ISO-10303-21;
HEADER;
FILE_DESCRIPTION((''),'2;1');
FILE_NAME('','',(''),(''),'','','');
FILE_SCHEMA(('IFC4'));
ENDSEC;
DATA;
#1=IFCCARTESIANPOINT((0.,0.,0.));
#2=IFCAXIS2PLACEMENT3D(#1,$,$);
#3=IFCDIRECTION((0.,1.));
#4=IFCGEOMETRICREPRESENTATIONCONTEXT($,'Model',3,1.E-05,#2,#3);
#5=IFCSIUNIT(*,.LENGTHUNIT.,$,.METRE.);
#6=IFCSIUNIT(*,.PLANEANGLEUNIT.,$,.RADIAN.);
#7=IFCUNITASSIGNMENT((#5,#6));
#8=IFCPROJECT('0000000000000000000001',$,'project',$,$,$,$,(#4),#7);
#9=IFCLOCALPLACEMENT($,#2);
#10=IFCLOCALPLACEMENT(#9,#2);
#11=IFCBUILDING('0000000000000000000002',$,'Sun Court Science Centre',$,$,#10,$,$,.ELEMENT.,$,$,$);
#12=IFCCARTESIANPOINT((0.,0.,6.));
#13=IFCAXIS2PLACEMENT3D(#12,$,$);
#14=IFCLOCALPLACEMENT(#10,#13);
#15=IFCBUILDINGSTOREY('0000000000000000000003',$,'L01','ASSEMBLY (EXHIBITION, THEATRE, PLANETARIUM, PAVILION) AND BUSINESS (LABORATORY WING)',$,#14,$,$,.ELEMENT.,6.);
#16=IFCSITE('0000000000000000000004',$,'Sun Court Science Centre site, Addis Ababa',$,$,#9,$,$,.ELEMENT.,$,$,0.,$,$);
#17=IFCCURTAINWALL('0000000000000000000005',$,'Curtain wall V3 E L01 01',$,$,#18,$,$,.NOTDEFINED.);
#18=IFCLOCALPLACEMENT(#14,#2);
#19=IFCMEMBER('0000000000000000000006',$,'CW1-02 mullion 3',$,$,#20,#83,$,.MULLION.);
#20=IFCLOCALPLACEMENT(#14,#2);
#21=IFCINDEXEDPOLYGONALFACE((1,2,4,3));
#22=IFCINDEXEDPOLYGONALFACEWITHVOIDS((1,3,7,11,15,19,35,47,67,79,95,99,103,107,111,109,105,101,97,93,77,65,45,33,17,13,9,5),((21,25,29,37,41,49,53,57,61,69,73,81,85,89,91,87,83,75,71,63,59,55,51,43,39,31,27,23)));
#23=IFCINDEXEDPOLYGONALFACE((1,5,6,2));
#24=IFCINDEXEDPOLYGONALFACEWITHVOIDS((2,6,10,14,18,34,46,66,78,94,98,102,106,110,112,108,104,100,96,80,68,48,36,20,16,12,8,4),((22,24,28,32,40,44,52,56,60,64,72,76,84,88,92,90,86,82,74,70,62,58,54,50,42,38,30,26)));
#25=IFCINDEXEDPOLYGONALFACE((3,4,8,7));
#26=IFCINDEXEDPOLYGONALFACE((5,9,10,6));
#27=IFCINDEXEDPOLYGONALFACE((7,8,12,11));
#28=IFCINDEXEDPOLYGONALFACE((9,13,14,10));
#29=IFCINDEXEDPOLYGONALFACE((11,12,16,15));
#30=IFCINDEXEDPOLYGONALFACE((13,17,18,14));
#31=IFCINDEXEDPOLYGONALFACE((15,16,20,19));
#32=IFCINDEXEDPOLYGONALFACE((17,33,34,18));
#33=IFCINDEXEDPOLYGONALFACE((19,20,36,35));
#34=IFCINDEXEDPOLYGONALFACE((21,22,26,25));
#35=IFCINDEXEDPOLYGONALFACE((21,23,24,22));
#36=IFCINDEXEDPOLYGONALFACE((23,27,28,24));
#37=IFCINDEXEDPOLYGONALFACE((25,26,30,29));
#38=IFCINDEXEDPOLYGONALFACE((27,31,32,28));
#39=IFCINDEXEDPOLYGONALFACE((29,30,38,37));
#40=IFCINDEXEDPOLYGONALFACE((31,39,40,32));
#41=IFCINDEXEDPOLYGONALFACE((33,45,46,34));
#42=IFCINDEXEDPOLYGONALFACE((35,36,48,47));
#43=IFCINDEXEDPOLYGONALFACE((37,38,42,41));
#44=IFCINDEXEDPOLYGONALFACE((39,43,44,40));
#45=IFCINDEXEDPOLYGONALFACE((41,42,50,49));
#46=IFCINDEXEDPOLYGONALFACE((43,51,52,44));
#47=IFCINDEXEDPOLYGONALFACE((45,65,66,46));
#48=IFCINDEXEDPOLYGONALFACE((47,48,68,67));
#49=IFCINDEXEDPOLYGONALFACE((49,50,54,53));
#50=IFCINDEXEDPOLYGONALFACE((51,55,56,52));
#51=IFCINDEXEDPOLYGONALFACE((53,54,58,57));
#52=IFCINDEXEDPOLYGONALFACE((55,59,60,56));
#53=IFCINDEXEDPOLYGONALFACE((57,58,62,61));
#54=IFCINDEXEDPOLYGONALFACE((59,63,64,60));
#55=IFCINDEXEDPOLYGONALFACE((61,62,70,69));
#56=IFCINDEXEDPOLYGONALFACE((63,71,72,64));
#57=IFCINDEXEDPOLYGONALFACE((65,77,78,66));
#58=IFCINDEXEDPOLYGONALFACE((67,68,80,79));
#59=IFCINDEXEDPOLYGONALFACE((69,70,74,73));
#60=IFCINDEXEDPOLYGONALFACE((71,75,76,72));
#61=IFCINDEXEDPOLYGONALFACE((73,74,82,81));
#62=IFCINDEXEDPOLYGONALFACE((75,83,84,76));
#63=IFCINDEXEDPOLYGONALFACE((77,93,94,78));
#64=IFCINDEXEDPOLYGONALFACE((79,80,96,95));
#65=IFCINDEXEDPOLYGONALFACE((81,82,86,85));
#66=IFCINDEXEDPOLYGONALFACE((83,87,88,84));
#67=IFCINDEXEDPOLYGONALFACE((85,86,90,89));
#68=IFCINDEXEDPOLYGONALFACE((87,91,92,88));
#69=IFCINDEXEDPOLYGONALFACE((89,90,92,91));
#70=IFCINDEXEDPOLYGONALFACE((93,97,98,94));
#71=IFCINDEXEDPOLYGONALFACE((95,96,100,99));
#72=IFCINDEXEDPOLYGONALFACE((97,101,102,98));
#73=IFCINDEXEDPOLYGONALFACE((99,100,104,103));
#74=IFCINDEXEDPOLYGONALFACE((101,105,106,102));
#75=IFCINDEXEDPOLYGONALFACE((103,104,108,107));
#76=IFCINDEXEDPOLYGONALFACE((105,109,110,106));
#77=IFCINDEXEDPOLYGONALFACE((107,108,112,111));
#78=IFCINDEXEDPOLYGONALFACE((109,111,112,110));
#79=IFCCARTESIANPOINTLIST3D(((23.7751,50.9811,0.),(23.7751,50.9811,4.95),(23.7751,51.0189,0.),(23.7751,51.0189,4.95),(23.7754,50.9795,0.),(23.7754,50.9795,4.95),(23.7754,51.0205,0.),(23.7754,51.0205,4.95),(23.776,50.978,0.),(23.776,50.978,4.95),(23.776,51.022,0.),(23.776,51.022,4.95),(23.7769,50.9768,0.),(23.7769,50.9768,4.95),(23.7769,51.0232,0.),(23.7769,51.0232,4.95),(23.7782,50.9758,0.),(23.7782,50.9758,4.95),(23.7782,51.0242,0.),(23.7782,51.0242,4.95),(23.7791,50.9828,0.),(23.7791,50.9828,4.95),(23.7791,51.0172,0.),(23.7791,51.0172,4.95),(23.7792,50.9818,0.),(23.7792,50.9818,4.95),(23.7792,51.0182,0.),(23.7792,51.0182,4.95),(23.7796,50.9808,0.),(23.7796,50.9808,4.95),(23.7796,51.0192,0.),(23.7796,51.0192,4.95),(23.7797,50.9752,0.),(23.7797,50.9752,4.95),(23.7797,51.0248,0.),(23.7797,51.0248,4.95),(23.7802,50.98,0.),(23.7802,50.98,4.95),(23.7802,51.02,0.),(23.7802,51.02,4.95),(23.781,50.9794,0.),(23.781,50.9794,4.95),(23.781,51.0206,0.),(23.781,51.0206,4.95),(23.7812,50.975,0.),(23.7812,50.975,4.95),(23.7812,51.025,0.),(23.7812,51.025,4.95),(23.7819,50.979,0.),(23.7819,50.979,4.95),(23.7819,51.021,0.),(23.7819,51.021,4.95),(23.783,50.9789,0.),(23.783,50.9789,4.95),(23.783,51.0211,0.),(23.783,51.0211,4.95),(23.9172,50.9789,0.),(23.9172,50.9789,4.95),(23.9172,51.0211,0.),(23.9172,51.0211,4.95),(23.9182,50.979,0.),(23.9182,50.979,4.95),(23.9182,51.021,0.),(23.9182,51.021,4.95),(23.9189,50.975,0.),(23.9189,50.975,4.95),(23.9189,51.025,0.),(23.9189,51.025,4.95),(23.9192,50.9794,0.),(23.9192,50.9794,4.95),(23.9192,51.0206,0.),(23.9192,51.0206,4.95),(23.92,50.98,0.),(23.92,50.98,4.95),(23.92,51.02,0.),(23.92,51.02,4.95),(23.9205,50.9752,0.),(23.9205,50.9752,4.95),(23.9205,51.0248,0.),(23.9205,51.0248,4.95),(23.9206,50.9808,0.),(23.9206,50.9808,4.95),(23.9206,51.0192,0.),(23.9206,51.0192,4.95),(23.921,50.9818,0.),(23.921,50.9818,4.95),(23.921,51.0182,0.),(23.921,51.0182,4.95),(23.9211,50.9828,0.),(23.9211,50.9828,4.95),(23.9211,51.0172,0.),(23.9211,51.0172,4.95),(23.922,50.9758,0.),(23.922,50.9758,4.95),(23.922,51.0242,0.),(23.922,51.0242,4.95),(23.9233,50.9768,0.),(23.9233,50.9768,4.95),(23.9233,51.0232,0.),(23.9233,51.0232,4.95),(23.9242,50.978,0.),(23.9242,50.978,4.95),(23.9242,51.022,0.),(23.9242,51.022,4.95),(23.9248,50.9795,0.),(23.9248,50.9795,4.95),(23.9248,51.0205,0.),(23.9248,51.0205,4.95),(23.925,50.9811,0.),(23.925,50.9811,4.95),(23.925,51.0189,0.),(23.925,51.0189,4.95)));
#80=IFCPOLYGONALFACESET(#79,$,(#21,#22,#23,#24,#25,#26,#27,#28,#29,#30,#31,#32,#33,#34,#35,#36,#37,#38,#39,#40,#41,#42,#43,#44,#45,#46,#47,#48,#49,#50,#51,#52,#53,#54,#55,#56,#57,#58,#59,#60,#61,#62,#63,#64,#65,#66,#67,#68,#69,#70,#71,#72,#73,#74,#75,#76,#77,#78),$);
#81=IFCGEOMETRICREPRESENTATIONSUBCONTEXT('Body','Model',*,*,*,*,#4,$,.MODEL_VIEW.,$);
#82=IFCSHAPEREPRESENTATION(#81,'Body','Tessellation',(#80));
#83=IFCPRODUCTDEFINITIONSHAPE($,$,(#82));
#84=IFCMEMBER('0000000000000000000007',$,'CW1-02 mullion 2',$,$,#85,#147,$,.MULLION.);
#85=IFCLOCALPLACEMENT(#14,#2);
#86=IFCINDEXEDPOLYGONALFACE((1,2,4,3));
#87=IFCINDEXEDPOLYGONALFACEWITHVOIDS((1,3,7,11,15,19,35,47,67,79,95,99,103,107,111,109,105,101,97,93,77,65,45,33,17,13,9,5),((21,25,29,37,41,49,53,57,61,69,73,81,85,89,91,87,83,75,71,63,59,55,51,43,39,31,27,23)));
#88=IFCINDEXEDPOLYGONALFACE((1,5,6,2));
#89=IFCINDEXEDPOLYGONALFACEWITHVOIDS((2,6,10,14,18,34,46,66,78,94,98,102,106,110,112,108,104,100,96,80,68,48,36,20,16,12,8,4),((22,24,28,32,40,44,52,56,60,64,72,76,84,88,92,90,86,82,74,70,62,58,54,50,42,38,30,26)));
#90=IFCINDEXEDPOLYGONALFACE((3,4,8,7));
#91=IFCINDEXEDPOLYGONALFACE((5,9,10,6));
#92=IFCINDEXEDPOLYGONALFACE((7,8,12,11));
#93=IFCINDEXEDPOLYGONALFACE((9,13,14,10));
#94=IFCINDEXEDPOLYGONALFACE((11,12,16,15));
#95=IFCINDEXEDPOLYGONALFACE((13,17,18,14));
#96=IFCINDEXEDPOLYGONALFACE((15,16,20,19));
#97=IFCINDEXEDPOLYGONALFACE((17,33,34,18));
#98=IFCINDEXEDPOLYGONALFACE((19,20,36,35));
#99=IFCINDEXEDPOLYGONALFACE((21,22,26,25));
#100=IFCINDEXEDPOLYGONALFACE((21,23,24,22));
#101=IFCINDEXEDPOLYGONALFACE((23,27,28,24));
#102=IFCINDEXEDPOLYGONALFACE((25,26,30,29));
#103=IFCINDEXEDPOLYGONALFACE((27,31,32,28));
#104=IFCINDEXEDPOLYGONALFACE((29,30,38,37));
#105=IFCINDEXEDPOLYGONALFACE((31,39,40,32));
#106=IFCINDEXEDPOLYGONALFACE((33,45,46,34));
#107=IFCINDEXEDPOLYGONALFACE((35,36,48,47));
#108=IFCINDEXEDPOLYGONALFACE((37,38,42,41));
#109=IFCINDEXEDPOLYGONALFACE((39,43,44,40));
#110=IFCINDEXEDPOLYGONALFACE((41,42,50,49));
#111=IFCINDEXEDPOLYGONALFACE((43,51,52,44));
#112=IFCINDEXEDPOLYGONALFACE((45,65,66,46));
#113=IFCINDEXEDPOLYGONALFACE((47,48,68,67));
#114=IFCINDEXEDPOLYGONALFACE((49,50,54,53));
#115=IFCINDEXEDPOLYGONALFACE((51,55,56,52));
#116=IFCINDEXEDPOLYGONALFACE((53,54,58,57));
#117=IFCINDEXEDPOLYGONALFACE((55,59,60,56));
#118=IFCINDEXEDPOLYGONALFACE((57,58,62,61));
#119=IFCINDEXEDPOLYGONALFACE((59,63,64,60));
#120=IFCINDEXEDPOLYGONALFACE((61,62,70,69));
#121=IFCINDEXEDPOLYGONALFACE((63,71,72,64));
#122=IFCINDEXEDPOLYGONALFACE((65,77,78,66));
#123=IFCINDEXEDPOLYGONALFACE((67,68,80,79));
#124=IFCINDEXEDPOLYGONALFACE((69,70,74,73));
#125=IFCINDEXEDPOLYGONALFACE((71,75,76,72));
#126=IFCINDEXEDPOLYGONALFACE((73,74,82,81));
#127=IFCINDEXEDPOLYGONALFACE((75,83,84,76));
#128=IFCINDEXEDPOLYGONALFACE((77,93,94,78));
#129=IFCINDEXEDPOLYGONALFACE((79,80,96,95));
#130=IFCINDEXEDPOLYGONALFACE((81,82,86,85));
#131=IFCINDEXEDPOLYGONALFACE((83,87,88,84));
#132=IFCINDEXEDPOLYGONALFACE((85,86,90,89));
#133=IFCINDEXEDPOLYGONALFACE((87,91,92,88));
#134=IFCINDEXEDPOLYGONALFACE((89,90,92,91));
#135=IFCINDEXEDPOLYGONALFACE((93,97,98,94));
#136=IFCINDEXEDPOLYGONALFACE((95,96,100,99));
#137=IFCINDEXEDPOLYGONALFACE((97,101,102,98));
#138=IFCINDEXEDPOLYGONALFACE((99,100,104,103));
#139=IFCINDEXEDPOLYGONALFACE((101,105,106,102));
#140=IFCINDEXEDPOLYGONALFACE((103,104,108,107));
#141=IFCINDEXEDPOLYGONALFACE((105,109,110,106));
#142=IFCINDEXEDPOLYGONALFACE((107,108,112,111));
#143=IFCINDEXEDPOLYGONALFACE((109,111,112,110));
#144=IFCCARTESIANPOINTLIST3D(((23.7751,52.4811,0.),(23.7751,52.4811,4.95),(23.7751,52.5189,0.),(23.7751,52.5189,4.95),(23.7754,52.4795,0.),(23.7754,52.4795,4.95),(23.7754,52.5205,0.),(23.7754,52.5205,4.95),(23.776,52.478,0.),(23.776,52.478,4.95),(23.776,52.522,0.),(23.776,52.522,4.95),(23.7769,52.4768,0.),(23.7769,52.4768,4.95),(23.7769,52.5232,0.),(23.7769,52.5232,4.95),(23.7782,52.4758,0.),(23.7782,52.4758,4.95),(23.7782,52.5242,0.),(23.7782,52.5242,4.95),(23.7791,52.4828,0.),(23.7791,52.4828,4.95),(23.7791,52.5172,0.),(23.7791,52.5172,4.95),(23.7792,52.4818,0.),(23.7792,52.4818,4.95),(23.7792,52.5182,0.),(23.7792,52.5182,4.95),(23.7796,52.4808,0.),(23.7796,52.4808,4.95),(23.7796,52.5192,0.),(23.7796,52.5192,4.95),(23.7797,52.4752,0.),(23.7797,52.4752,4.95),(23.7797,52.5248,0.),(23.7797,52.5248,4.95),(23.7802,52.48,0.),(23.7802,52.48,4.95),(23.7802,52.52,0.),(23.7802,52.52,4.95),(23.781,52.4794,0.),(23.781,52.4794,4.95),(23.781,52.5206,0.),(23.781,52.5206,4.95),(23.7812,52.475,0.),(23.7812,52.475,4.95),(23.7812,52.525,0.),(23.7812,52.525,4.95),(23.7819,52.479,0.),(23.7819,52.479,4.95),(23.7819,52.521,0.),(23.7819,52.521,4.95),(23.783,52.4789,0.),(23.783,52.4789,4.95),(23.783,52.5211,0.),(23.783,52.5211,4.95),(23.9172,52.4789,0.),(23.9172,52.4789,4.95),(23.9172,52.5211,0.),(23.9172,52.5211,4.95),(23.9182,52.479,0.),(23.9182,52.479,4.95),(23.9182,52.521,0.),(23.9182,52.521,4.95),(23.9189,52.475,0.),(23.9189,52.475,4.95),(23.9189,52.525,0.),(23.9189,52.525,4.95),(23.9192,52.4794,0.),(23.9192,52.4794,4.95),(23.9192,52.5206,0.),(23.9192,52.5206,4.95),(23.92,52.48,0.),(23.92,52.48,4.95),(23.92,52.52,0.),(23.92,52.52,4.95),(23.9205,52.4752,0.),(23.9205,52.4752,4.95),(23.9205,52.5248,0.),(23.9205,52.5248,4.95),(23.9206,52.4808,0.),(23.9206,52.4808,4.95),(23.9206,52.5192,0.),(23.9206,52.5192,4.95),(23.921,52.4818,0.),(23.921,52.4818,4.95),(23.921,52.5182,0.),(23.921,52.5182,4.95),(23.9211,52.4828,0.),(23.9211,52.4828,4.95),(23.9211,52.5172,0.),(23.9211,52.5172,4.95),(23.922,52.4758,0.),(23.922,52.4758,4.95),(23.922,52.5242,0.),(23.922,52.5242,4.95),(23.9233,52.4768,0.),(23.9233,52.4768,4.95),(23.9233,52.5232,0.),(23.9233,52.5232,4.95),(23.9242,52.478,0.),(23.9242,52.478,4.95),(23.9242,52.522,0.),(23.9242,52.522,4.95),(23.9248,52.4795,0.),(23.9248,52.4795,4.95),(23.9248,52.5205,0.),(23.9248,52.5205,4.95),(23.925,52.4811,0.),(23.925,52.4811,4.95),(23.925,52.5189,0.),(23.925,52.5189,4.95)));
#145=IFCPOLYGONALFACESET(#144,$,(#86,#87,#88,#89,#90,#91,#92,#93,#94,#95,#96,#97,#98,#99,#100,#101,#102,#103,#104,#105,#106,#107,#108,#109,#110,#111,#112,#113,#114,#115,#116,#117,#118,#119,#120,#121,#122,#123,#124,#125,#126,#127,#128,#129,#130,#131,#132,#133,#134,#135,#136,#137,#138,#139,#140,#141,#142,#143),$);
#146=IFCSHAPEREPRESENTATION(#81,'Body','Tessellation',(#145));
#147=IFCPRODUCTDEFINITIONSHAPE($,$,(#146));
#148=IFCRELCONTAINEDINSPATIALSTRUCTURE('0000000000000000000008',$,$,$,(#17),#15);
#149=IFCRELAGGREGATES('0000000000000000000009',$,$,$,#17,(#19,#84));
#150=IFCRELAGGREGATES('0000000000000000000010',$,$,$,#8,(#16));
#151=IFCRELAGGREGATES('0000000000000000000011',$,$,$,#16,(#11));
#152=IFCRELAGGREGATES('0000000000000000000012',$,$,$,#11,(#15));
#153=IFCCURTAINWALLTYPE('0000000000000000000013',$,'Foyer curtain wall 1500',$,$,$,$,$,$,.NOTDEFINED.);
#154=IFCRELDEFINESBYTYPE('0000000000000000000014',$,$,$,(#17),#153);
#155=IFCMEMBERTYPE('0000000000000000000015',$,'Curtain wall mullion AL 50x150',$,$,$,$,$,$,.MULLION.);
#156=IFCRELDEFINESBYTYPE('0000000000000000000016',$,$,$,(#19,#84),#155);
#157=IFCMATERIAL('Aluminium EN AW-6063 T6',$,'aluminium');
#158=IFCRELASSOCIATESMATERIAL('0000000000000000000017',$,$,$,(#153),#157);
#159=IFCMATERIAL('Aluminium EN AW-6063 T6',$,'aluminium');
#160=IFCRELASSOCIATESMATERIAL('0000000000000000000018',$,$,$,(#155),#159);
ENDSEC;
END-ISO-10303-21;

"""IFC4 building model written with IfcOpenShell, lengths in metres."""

from ifc_helpers import new_model, si_unit, direction, frame, origin, origin_2d, place, context, subcontext, project, spatial, hollow_rectangle, extrude, material, material_profile, profile_set, type_object, element, aggregate, save


model = new_model("IFC4")

# Units and contexts
model_context = context("Model", 3, precision=1e-05, world=origin(), true_north=direction((0.0, 1.0)))
body_context = subcontext(model_context, "Body", "Model", "MODEL_VIEW")
ifc_project = project(units=[si_unit("LENGTHUNIT", "METRE"), si_unit("PLANEANGLEUNIT", "RADIAN")], contexts=[model_context])

# Site, building, storey
site_placement = place(None, origin())
site = spatial("IfcSite", under=ifc_project, at=site_placement, Name="Sun Court Science Centre site, Addis Ababa", CompositionType="ELEMENT", RefElevation=0.0)
building_placement = place(site_placement, origin())
building = spatial("IfcBuilding", under=site, at=building_placement, Name="Sun Court Science Centre", CompositionType="ELEMENT")
storey_placement = place(building_placement, frame((0.0, 0.0, 6.0)))
storey = spatial("IfcBuildingStorey", under=building, at=storey_placement, Name="L01", Description="ASSEMBLY (EXHIBITION, THEATRE, PLANETARIUM, PAVILION) AND BUSINESS (LABORATORY WING)", CompositionType="ELEMENT", Elevation=6.0)

# Curtain wall, members
ifc_material_1 = material(Name="Aluminium EN AW-6063 T6", Category="aluminium")
curtain_wall_type_1 = type_object("IfcCurtainWallType", Name="Foyer curtain wall 1500", PredefinedType="NOTDEFINED", material=ifc_material_1)
curtain_wall_1_placement = place(storey_placement, origin())
curtain_wall_1 = element("IfcCurtainWall", 1, at=curtain_wall_1_placement, inside=storey, type_object=curtain_wall_type_1, Name="Curtain wall V3 E L01 01", PredefinedType="NOTDEFINED")
ifc_material_2 = material(Name="Aluminium EN AW-6063 T6", Category="aluminium")
ifc_material_profile_1 = material_profile(ifc_material_2, hollow_rectangle(XDim=0.05, YDim=0.1499, WallThickness=0.0039, InnerFilletRadius=0.0039, OuterFilletRadius=0.0061, at=origin_2d()), Name="AL 50x150x4")
ifc_profile_set_1 = profile_set([ifc_material_profile_1], Name="Aluminium EN AW-6063 T6")
member_type_1 = type_object("IfcMemberType", Name="Curtain wall mullion AL 50x150", PredefinedType="MULLION", material=ifc_profile_set_1)
member_1_placement = place(storey_placement, frame((23.8501, 51.0, 0.0), z_axis=(0.0, 0.0, 1.0), x_axis=(0.0, -1.0, 0.0)))
member_1 = element("IfcMember", 2, at=member_1_placement, type_object=member_type_1, Name="CW1-02 mullion 3", PredefinedType="MULLION", context=body_context, shape_type="SweptSolid", body=[
    extrude(hollow_rectangle(XDim=0.05, YDim=0.1499, WallThickness=0.0039, InnerFilletRadius=0.0039, OuterFilletRadius=0.0061, at=origin_2d()), origin(), (0.0, 0.0, 1.0), 4.95),
])
member_2_placement = place(storey_placement, frame((23.8501, 52.5, 0.0), z_axis=(0.0, 0.0, 1.0), x_axis=(0.0, -1.0, 0.0)))
member_2 = element("IfcMember", 3, at=member_2_placement, type_object=member_type_1, Name="CW1-02 mullion 2", PredefinedType="MULLION", context=body_context, shape_type="SweptSolid", body=[
    extrude(hollow_rectangle(XDim=0.05, YDim=0.1499, WallThickness=0.0039, InnerFilletRadius=0.0039, OuterFilletRadius=0.0061, at=origin_2d()), origin(), (0.0, 0.0, 1.0), 4.95),
])

aggregate(curtain_wall_1, [member_1, member_2])

save(model, "model.ifc")
